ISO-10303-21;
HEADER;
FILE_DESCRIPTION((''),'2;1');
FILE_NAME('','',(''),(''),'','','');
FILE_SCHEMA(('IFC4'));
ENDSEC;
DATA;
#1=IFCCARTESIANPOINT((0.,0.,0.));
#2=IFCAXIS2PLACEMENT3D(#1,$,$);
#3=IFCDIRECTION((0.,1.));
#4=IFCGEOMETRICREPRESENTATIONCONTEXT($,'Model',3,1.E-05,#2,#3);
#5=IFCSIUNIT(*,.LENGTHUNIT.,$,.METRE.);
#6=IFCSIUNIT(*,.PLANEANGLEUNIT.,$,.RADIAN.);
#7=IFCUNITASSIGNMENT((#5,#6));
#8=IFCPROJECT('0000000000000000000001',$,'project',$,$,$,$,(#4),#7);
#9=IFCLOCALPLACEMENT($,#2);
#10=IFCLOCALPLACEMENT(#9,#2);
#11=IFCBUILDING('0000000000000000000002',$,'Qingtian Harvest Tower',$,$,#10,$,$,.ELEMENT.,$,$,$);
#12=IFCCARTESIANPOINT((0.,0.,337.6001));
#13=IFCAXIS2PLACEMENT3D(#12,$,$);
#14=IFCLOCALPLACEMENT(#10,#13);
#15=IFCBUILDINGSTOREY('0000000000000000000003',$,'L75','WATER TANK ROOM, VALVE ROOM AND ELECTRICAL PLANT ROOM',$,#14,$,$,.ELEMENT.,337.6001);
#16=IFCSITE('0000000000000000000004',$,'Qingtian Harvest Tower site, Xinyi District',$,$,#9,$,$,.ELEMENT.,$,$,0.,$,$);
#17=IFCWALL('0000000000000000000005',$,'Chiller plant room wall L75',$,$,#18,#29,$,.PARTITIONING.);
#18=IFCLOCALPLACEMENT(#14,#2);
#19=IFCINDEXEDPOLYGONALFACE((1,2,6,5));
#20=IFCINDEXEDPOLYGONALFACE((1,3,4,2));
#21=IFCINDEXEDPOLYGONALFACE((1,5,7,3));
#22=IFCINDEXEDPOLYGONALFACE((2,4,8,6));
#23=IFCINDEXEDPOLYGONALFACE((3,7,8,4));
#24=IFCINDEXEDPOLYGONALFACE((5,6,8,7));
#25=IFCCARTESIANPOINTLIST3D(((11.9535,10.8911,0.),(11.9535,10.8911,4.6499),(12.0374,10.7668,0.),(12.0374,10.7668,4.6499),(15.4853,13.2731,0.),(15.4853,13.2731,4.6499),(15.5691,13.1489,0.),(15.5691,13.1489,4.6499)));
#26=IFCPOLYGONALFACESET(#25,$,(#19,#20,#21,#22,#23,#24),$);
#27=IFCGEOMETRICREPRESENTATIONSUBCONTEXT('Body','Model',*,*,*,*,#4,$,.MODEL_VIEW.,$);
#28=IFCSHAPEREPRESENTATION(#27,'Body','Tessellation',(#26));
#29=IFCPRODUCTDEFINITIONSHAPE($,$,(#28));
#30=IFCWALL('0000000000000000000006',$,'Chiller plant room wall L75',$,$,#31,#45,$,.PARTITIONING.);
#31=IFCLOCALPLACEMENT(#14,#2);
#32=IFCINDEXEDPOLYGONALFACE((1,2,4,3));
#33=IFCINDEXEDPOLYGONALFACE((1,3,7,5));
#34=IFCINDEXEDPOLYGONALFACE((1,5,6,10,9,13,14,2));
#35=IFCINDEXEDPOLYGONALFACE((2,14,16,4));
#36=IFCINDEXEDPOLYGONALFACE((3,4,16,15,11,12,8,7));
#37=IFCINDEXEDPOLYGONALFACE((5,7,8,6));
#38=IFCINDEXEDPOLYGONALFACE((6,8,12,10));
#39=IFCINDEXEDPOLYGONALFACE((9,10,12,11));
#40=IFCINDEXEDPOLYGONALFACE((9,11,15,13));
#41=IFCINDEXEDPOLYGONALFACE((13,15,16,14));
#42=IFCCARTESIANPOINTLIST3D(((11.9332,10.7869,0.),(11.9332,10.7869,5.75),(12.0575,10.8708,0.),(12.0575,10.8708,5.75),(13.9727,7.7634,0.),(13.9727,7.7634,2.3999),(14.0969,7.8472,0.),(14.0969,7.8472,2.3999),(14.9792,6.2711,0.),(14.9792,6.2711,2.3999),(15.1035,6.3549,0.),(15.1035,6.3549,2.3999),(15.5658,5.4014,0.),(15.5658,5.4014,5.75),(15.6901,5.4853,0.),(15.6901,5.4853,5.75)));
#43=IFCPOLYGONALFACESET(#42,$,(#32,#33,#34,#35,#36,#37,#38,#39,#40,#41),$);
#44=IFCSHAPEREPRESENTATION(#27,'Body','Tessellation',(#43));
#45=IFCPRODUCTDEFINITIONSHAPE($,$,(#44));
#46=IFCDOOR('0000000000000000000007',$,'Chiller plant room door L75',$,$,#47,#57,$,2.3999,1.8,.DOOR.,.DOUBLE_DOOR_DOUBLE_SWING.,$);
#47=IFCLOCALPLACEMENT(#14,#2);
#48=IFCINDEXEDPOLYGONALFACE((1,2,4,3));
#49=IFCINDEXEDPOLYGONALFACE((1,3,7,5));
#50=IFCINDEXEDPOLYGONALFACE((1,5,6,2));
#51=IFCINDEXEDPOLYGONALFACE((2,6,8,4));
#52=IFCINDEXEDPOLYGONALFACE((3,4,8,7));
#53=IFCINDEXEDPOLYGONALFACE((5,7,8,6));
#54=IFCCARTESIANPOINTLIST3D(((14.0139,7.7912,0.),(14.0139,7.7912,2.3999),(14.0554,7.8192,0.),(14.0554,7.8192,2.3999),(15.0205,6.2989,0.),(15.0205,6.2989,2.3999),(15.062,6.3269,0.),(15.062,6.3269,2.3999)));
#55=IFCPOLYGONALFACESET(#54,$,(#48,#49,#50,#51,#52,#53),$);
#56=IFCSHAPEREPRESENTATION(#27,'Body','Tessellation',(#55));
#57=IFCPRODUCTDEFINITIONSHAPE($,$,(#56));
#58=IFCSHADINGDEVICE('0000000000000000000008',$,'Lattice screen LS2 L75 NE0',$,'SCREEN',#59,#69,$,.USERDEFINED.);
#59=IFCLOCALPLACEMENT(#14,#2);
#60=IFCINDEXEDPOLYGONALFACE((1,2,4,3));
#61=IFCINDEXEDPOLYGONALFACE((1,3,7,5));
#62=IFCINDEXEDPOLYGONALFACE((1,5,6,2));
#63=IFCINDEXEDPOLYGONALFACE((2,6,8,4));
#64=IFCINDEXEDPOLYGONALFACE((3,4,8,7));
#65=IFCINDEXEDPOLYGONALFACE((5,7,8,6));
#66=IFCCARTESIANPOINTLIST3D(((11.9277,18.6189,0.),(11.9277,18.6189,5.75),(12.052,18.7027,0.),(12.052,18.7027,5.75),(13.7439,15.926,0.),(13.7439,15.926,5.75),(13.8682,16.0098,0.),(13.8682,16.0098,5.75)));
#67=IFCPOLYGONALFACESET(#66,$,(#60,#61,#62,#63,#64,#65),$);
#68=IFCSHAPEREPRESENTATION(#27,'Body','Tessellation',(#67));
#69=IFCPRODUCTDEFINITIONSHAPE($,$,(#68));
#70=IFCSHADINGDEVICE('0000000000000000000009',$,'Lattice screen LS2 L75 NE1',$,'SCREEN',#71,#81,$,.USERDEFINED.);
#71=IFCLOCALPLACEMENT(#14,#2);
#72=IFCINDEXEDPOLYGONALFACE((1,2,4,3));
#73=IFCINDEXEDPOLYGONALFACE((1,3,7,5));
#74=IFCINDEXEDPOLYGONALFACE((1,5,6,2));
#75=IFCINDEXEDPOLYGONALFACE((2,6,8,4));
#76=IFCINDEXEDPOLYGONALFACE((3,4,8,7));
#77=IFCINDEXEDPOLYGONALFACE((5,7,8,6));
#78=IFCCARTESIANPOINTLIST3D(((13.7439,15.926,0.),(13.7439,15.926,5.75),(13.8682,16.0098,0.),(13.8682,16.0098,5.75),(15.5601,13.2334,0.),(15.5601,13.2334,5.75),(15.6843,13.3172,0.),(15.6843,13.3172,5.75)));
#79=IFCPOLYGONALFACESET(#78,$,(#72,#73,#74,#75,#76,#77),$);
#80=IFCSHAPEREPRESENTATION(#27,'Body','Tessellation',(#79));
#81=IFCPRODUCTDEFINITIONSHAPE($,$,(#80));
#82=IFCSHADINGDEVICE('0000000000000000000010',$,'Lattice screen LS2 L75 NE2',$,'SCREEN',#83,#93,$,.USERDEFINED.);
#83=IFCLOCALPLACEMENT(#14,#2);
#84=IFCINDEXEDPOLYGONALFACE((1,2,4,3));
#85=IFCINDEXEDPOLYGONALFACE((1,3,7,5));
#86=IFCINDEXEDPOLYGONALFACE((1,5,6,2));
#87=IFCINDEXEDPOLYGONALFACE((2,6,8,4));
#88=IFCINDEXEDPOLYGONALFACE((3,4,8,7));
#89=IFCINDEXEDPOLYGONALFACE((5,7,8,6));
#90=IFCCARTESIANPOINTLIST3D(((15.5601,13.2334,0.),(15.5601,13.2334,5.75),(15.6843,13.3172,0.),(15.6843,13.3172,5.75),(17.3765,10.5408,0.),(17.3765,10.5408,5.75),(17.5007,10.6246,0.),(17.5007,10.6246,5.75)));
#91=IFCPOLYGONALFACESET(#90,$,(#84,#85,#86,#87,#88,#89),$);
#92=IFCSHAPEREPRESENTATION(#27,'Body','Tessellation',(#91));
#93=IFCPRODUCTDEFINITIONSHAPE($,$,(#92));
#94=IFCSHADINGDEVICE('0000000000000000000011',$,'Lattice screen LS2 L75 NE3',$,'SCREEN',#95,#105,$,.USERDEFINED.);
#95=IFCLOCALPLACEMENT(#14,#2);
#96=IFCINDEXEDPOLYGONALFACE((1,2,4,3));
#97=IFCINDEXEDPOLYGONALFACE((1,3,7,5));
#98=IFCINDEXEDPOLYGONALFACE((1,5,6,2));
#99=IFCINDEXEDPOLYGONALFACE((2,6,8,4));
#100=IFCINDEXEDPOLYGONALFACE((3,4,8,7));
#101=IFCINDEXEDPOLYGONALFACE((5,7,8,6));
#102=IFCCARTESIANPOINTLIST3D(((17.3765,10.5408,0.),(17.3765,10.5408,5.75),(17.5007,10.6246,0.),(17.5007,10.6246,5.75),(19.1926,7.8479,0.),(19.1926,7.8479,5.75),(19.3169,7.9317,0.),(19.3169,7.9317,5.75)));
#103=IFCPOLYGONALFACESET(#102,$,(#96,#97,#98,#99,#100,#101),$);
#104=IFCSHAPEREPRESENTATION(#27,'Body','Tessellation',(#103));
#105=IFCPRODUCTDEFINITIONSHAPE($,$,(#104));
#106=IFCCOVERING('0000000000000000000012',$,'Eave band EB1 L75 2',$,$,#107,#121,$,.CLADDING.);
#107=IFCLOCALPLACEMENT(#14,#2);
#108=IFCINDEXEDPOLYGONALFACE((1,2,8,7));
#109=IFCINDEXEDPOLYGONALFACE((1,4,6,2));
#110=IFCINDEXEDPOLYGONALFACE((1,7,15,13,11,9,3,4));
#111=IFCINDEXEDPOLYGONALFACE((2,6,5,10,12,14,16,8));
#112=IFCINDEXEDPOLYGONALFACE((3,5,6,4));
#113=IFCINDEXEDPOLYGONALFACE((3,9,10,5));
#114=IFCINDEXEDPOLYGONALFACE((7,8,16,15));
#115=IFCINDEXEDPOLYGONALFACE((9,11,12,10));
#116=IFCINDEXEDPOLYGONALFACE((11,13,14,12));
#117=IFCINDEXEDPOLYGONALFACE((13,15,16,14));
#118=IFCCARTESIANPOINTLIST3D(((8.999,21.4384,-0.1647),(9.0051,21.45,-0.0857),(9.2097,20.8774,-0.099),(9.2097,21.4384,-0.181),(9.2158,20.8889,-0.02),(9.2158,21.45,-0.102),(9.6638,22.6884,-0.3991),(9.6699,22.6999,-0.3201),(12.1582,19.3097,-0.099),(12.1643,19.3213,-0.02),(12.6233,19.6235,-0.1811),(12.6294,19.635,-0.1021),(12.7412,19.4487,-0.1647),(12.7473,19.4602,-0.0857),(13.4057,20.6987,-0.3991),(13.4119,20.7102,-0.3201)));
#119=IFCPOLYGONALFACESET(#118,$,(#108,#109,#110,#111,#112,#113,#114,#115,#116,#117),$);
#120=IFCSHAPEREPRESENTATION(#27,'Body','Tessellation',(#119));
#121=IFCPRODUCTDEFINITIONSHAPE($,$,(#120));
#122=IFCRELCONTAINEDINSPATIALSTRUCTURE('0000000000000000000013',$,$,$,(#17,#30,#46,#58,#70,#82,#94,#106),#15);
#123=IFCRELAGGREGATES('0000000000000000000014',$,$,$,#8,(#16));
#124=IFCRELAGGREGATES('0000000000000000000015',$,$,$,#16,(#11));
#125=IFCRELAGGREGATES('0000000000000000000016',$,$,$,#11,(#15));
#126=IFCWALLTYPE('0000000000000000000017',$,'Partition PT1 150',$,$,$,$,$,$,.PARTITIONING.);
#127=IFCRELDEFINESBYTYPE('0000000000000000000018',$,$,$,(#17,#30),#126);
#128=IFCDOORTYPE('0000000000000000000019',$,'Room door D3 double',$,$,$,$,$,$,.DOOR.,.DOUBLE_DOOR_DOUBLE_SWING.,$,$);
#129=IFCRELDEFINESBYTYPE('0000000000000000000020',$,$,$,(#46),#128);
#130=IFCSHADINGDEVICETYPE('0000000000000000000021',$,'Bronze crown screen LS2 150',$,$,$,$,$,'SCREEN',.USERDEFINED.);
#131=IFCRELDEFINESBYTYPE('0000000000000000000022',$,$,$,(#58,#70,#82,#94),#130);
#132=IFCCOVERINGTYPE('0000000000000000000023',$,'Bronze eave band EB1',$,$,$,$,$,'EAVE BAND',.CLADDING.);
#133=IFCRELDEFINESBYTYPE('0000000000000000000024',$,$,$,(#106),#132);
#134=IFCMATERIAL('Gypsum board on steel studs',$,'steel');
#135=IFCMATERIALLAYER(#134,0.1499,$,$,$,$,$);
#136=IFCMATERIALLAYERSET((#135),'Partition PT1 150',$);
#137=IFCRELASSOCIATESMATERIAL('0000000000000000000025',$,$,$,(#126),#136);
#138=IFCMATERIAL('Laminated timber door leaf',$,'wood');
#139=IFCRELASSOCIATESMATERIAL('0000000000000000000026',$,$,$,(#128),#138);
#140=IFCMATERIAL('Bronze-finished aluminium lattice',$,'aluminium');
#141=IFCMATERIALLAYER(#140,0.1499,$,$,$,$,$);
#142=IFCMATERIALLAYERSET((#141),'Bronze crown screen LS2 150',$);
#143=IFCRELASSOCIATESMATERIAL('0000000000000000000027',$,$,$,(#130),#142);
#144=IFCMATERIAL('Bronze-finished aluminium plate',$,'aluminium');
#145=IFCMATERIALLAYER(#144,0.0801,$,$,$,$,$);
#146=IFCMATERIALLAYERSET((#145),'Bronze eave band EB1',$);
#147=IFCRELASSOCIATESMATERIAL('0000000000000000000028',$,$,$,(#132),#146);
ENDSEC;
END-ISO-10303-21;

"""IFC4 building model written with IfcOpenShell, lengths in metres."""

from ifc_helpers import new_model, si_unit, direction, frame, frame_2d, origin, place, context, subcontext, project, spatial, polyline, rectangle, outline, extrude, material, layer, layer_set, type_object, element, fill, save


model = new_model("IFC4")

# Units and contexts
model_context = context("Model", 3, precision=1e-05, world=origin(), true_north=direction((0.0, 1.0)))
body_context = subcontext(model_context, "Body", "Model", "MODEL_VIEW")
ifc_project = project(units=[si_unit("LENGTHUNIT", "METRE"), si_unit("PLANEANGLEUNIT", "RADIAN")], contexts=[model_context])

# Site, building, storey
site_placement = place(None, origin())
site = spatial("IfcSite", under=ifc_project, at=site_placement, Name="Qingtian Harvest Tower site, Xinyi District", CompositionType="ELEMENT", RefElevation=0.0)
building_placement = place(site_placement, origin())
building = spatial("IfcBuilding", under=site, at=building_placement, Name="Qingtian Harvest Tower", CompositionType="ELEMENT")
storey_placement = place(building_placement, frame((0.0, 0.0, 337.6001)))
storey = spatial("IfcBuildingStorey", under=building, at=storey_placement, Name="L75", Description="WATER TANK ROOM, VALVE ROOM AND ELECTRICAL PLANT ROOM", CompositionType="ELEMENT", Elevation=337.6001)

# Wall
ifc_material_1 = material(Name="Gypsum board on steel studs", Category="steel")
ifc_layer_1 = layer(ifc_material_1, 0.1499)
ifc_layer_set_1 = layer_set([ifc_layer_1], Name="Partition PT1 150")
wall_type = type_object("IfcWallType", Name="Partition PT1 150", PredefinedType="PARTITIONING", material=ifc_layer_set_1)
wall_1_placement = place(storey_placement, frame((15.5271, 13.2109, 0.0), z_axis=(0.0, 0.0, 1.0), x_axis=(-0.829049, -0.559176, 0.0)))
element("IfcWall", 1, at=wall_1_placement, inside=storey, type_object=wall_type, Name="Chiller plant room wall L75", PredefinedType="PARTITIONING", context=body_context, shape_type="SweptSolid", body=[
    extrude(rectangle(XDim=4.26, YDim=0.1499, at=frame_2d((2.1299, 0.0))), origin(), (0.0, 0.0, 1.0), 4.6499),
])

# Wall, opening, door
wall_2_placement = place(storey_placement, frame((11.9954, 10.8289, 0.0), z_axis=(0.0, 0.0, 1.0), x_axis=(0.559193, -0.829037, 0.0)))
wall_2 = element("IfcWall", 2, at=wall_2_placement, inside=storey, type_object=wall_type, Name="Chiller plant room wall L75", PredefinedType="PARTITIONING", context=body_context, shape_type="SweptSolid", body=[
    extrude(rectangle(XDim=6.4961, YDim=0.1499, at=frame_2d((3.248, 0.0))), origin(), (0.0, 0.0, 1.0), 5.75),
])
opening_placement = place(wall_2_placement, frame((3.6472, 0.0, 0.0)))
opening = element("IfcOpeningElement", 3, at=opening_placement, cuts=wall_2, PredefinedType="OPENING", context=body_context, shape_type="SweptSolid", body=[
    extrude(rectangle(XDim=1.8, YDim=2.3999, at=frame_2d((0.8999, 1.2))), frame((0.0, 0.085, 0.0), z_axis=(0.0, -1.0, 0.0), x_axis=(1.0, 0.0, 0.0)), (0.0, 0.0, 1.0), 0.1699),
])
ifc_material_2 = material(Name="Laminated timber door leaf", Category="wood")
door_type = type_object("IfcDoorType", Name="Room door D3 double", OperationType="DOUBLE_DOOR_DOUBLE_SWING", PredefinedType="DOOR", material=ifc_material_2)
door_placement = place(opening_placement, origin())
door = element("IfcDoor", 4, at=door_placement, inside=storey, type_object=door_type, Name="Chiller plant room door L75", OperationType="DOUBLE_DOOR_DOUBLE_SWING", OverallHeight=2.3999, OverallWidth=1.8, PredefinedType="DOOR", context=body_context, shape_type="SweptSolid", body=[
    extrude(rectangle(XDim=1.8, YDim=2.3999, at=frame_2d((0.8999, 1.2))), frame((0.0, 0.0249, 0.0), z_axis=(0.0, -1.0, 0.0), x_axis=(1.0, 0.0, 0.0)), (0.0, 0.0, 1.0), 0.05),
])
fill(opening, door)

# Shading devices
ifc_material_3 = material(Name="Bronze-finished aluminium lattice", Category="aluminium")
ifc_layer_2 = layer(ifc_material_3, 0.1499)
ifc_layer_set_2 = layer_set([ifc_layer_2], Name="Bronze crown screen LS2 150")
shading_device_type = type_object("IfcShadingDeviceType", Name="Bronze crown screen LS2 150", ElementType="SCREEN", PredefinedType="USERDEFINED", material=ifc_layer_set_2)
shading_device_1_placement = place(storey_placement, frame((11.9277, 18.6189, 0.0), z_axis=(-0.829066, -0.55915, 0.0), x_axis=(0.55915, -0.829066, 0.0)))
element("IfcShadingDevice", 5, at=shading_device_1_placement, inside=storey, type_object=shading_device_type, Name="Lattice screen LS2 L75 NE0", ObjectType="SCREEN", PredefinedType="USERDEFINED", context=body_context, shape_type="SweptSolid", body=[
    extrude(outline(polyline([(0.0, 0.0), (3.2481, 0.0), (3.2481, 5.75), (0.0, 5.75), (0.0, 0.0)])), origin(), (0.0, 0.0, -1.0), 0.1499),
])
shading_device_2_placement = place(storey_placement, frame((13.7439, 15.926, 0.0), z_axis=(-0.829043, -0.559185, 0.0), x_axis=(0.559185, -0.829043, 0.0)))
element("IfcShadingDevice", 6, at=shading_device_2_placement, inside=storey, type_object=shading_device_type, Name="Lattice screen LS2 L75 NE1", ObjectType="SCREEN", PredefinedType="USERDEFINED", context=body_context, shape_type="SweptSolid", body=[
    extrude(outline(polyline([(0.0, 0.0), (3.2479, 0.0), (3.2479, 5.75), (0.0, 5.75), (0.0, 0.0)])), origin(), (0.0, 0.0, -1.0), 0.1499),
])
shading_device_3_placement = place(storey_placement, frame((15.5601, 13.2334, 0.0), z_axis=(-0.829008, -0.559237, 0.0), x_axis=(0.559237, -0.829008, 0.0)))
element("IfcShadingDevice", 7, at=shading_device_3_placement, inside=storey, type_object=shading_device_type, Name="Lattice screen LS2 L75 NE2", ObjectType="SCREEN", PredefinedType="USERDEFINED", context=body_context, shape_type="SweptSolid", body=[
    extrude(outline(polyline([(0.0, 0.0), (3.248, 0.0), (3.248, 5.75), (0.0, 5.75), (0.0, 0.0)])), origin(), (0.0, 0.0, -1.0), 0.1499),
])
shading_device_4_placement = place(storey_placement, frame((17.3765, 10.5408, 0.0), z_axis=(-0.829066, -0.55915, 0.0), x_axis=(0.55915, -0.829066, 0.0)))
element("IfcShadingDevice", 8, at=shading_device_4_placement, inside=storey, type_object=shading_device_type, Name="Lattice screen LS2 L75 NE3", ObjectType="SCREEN", PredefinedType="USERDEFINED", context=body_context, shape_type="SweptSolid", body=[
    extrude(outline(polyline([(0.0, 0.0), (3.2481, 0.0), (3.2481, 5.75), (0.0, 5.75), (0.0, 0.0)])), origin(), (0.0, 0.0, -1.0), 0.1499),
])

# Covering
ifc_material_4 = material(Name="Bronze-finished aluminium plate", Category="aluminium")
ifc_layer_3 = layer(ifc_material_4, 0.0801)
ifc_layer_set_3 = layer_set([ifc_layer_3], Name="Bronze eave band EB1")
covering_type = type_object("IfcCoveringType", Name="Bronze eave band EB1", ElementType="EAVE BAND", PredefinedType="CLADDING", material=ifc_layer_set_3)
covering_1_placement = place(storey_placement, frame((9.2158, 20.8889, -0.02), z_axis=(0.07669, 0.144231, 0.986568), x_axis=(0.000001, 0.989482, -0.144657)))
element("IfcCovering", 9, at=covering_1_placement, inside=storey, type_object=covering_type, Name="Eave band EB1 L75 2", PredefinedType="CLADDING", context=body_context, shape_type="SweptSolid", body=[
    extrude(outline(polyline([(0.0, 0.0), (0.567, 0.0), (0.5646, 0.2113), (1.8354, -0.4554), (-0.1334, -4.2084), (-1.4042, -3.5419), (-1.2288, -3.4237), (-1.5511, -2.9572), (0.0, 0.0)])), origin(), (0.0, 0.0, -1.0), 0.0801),
])

save(model, "model.ifc")
